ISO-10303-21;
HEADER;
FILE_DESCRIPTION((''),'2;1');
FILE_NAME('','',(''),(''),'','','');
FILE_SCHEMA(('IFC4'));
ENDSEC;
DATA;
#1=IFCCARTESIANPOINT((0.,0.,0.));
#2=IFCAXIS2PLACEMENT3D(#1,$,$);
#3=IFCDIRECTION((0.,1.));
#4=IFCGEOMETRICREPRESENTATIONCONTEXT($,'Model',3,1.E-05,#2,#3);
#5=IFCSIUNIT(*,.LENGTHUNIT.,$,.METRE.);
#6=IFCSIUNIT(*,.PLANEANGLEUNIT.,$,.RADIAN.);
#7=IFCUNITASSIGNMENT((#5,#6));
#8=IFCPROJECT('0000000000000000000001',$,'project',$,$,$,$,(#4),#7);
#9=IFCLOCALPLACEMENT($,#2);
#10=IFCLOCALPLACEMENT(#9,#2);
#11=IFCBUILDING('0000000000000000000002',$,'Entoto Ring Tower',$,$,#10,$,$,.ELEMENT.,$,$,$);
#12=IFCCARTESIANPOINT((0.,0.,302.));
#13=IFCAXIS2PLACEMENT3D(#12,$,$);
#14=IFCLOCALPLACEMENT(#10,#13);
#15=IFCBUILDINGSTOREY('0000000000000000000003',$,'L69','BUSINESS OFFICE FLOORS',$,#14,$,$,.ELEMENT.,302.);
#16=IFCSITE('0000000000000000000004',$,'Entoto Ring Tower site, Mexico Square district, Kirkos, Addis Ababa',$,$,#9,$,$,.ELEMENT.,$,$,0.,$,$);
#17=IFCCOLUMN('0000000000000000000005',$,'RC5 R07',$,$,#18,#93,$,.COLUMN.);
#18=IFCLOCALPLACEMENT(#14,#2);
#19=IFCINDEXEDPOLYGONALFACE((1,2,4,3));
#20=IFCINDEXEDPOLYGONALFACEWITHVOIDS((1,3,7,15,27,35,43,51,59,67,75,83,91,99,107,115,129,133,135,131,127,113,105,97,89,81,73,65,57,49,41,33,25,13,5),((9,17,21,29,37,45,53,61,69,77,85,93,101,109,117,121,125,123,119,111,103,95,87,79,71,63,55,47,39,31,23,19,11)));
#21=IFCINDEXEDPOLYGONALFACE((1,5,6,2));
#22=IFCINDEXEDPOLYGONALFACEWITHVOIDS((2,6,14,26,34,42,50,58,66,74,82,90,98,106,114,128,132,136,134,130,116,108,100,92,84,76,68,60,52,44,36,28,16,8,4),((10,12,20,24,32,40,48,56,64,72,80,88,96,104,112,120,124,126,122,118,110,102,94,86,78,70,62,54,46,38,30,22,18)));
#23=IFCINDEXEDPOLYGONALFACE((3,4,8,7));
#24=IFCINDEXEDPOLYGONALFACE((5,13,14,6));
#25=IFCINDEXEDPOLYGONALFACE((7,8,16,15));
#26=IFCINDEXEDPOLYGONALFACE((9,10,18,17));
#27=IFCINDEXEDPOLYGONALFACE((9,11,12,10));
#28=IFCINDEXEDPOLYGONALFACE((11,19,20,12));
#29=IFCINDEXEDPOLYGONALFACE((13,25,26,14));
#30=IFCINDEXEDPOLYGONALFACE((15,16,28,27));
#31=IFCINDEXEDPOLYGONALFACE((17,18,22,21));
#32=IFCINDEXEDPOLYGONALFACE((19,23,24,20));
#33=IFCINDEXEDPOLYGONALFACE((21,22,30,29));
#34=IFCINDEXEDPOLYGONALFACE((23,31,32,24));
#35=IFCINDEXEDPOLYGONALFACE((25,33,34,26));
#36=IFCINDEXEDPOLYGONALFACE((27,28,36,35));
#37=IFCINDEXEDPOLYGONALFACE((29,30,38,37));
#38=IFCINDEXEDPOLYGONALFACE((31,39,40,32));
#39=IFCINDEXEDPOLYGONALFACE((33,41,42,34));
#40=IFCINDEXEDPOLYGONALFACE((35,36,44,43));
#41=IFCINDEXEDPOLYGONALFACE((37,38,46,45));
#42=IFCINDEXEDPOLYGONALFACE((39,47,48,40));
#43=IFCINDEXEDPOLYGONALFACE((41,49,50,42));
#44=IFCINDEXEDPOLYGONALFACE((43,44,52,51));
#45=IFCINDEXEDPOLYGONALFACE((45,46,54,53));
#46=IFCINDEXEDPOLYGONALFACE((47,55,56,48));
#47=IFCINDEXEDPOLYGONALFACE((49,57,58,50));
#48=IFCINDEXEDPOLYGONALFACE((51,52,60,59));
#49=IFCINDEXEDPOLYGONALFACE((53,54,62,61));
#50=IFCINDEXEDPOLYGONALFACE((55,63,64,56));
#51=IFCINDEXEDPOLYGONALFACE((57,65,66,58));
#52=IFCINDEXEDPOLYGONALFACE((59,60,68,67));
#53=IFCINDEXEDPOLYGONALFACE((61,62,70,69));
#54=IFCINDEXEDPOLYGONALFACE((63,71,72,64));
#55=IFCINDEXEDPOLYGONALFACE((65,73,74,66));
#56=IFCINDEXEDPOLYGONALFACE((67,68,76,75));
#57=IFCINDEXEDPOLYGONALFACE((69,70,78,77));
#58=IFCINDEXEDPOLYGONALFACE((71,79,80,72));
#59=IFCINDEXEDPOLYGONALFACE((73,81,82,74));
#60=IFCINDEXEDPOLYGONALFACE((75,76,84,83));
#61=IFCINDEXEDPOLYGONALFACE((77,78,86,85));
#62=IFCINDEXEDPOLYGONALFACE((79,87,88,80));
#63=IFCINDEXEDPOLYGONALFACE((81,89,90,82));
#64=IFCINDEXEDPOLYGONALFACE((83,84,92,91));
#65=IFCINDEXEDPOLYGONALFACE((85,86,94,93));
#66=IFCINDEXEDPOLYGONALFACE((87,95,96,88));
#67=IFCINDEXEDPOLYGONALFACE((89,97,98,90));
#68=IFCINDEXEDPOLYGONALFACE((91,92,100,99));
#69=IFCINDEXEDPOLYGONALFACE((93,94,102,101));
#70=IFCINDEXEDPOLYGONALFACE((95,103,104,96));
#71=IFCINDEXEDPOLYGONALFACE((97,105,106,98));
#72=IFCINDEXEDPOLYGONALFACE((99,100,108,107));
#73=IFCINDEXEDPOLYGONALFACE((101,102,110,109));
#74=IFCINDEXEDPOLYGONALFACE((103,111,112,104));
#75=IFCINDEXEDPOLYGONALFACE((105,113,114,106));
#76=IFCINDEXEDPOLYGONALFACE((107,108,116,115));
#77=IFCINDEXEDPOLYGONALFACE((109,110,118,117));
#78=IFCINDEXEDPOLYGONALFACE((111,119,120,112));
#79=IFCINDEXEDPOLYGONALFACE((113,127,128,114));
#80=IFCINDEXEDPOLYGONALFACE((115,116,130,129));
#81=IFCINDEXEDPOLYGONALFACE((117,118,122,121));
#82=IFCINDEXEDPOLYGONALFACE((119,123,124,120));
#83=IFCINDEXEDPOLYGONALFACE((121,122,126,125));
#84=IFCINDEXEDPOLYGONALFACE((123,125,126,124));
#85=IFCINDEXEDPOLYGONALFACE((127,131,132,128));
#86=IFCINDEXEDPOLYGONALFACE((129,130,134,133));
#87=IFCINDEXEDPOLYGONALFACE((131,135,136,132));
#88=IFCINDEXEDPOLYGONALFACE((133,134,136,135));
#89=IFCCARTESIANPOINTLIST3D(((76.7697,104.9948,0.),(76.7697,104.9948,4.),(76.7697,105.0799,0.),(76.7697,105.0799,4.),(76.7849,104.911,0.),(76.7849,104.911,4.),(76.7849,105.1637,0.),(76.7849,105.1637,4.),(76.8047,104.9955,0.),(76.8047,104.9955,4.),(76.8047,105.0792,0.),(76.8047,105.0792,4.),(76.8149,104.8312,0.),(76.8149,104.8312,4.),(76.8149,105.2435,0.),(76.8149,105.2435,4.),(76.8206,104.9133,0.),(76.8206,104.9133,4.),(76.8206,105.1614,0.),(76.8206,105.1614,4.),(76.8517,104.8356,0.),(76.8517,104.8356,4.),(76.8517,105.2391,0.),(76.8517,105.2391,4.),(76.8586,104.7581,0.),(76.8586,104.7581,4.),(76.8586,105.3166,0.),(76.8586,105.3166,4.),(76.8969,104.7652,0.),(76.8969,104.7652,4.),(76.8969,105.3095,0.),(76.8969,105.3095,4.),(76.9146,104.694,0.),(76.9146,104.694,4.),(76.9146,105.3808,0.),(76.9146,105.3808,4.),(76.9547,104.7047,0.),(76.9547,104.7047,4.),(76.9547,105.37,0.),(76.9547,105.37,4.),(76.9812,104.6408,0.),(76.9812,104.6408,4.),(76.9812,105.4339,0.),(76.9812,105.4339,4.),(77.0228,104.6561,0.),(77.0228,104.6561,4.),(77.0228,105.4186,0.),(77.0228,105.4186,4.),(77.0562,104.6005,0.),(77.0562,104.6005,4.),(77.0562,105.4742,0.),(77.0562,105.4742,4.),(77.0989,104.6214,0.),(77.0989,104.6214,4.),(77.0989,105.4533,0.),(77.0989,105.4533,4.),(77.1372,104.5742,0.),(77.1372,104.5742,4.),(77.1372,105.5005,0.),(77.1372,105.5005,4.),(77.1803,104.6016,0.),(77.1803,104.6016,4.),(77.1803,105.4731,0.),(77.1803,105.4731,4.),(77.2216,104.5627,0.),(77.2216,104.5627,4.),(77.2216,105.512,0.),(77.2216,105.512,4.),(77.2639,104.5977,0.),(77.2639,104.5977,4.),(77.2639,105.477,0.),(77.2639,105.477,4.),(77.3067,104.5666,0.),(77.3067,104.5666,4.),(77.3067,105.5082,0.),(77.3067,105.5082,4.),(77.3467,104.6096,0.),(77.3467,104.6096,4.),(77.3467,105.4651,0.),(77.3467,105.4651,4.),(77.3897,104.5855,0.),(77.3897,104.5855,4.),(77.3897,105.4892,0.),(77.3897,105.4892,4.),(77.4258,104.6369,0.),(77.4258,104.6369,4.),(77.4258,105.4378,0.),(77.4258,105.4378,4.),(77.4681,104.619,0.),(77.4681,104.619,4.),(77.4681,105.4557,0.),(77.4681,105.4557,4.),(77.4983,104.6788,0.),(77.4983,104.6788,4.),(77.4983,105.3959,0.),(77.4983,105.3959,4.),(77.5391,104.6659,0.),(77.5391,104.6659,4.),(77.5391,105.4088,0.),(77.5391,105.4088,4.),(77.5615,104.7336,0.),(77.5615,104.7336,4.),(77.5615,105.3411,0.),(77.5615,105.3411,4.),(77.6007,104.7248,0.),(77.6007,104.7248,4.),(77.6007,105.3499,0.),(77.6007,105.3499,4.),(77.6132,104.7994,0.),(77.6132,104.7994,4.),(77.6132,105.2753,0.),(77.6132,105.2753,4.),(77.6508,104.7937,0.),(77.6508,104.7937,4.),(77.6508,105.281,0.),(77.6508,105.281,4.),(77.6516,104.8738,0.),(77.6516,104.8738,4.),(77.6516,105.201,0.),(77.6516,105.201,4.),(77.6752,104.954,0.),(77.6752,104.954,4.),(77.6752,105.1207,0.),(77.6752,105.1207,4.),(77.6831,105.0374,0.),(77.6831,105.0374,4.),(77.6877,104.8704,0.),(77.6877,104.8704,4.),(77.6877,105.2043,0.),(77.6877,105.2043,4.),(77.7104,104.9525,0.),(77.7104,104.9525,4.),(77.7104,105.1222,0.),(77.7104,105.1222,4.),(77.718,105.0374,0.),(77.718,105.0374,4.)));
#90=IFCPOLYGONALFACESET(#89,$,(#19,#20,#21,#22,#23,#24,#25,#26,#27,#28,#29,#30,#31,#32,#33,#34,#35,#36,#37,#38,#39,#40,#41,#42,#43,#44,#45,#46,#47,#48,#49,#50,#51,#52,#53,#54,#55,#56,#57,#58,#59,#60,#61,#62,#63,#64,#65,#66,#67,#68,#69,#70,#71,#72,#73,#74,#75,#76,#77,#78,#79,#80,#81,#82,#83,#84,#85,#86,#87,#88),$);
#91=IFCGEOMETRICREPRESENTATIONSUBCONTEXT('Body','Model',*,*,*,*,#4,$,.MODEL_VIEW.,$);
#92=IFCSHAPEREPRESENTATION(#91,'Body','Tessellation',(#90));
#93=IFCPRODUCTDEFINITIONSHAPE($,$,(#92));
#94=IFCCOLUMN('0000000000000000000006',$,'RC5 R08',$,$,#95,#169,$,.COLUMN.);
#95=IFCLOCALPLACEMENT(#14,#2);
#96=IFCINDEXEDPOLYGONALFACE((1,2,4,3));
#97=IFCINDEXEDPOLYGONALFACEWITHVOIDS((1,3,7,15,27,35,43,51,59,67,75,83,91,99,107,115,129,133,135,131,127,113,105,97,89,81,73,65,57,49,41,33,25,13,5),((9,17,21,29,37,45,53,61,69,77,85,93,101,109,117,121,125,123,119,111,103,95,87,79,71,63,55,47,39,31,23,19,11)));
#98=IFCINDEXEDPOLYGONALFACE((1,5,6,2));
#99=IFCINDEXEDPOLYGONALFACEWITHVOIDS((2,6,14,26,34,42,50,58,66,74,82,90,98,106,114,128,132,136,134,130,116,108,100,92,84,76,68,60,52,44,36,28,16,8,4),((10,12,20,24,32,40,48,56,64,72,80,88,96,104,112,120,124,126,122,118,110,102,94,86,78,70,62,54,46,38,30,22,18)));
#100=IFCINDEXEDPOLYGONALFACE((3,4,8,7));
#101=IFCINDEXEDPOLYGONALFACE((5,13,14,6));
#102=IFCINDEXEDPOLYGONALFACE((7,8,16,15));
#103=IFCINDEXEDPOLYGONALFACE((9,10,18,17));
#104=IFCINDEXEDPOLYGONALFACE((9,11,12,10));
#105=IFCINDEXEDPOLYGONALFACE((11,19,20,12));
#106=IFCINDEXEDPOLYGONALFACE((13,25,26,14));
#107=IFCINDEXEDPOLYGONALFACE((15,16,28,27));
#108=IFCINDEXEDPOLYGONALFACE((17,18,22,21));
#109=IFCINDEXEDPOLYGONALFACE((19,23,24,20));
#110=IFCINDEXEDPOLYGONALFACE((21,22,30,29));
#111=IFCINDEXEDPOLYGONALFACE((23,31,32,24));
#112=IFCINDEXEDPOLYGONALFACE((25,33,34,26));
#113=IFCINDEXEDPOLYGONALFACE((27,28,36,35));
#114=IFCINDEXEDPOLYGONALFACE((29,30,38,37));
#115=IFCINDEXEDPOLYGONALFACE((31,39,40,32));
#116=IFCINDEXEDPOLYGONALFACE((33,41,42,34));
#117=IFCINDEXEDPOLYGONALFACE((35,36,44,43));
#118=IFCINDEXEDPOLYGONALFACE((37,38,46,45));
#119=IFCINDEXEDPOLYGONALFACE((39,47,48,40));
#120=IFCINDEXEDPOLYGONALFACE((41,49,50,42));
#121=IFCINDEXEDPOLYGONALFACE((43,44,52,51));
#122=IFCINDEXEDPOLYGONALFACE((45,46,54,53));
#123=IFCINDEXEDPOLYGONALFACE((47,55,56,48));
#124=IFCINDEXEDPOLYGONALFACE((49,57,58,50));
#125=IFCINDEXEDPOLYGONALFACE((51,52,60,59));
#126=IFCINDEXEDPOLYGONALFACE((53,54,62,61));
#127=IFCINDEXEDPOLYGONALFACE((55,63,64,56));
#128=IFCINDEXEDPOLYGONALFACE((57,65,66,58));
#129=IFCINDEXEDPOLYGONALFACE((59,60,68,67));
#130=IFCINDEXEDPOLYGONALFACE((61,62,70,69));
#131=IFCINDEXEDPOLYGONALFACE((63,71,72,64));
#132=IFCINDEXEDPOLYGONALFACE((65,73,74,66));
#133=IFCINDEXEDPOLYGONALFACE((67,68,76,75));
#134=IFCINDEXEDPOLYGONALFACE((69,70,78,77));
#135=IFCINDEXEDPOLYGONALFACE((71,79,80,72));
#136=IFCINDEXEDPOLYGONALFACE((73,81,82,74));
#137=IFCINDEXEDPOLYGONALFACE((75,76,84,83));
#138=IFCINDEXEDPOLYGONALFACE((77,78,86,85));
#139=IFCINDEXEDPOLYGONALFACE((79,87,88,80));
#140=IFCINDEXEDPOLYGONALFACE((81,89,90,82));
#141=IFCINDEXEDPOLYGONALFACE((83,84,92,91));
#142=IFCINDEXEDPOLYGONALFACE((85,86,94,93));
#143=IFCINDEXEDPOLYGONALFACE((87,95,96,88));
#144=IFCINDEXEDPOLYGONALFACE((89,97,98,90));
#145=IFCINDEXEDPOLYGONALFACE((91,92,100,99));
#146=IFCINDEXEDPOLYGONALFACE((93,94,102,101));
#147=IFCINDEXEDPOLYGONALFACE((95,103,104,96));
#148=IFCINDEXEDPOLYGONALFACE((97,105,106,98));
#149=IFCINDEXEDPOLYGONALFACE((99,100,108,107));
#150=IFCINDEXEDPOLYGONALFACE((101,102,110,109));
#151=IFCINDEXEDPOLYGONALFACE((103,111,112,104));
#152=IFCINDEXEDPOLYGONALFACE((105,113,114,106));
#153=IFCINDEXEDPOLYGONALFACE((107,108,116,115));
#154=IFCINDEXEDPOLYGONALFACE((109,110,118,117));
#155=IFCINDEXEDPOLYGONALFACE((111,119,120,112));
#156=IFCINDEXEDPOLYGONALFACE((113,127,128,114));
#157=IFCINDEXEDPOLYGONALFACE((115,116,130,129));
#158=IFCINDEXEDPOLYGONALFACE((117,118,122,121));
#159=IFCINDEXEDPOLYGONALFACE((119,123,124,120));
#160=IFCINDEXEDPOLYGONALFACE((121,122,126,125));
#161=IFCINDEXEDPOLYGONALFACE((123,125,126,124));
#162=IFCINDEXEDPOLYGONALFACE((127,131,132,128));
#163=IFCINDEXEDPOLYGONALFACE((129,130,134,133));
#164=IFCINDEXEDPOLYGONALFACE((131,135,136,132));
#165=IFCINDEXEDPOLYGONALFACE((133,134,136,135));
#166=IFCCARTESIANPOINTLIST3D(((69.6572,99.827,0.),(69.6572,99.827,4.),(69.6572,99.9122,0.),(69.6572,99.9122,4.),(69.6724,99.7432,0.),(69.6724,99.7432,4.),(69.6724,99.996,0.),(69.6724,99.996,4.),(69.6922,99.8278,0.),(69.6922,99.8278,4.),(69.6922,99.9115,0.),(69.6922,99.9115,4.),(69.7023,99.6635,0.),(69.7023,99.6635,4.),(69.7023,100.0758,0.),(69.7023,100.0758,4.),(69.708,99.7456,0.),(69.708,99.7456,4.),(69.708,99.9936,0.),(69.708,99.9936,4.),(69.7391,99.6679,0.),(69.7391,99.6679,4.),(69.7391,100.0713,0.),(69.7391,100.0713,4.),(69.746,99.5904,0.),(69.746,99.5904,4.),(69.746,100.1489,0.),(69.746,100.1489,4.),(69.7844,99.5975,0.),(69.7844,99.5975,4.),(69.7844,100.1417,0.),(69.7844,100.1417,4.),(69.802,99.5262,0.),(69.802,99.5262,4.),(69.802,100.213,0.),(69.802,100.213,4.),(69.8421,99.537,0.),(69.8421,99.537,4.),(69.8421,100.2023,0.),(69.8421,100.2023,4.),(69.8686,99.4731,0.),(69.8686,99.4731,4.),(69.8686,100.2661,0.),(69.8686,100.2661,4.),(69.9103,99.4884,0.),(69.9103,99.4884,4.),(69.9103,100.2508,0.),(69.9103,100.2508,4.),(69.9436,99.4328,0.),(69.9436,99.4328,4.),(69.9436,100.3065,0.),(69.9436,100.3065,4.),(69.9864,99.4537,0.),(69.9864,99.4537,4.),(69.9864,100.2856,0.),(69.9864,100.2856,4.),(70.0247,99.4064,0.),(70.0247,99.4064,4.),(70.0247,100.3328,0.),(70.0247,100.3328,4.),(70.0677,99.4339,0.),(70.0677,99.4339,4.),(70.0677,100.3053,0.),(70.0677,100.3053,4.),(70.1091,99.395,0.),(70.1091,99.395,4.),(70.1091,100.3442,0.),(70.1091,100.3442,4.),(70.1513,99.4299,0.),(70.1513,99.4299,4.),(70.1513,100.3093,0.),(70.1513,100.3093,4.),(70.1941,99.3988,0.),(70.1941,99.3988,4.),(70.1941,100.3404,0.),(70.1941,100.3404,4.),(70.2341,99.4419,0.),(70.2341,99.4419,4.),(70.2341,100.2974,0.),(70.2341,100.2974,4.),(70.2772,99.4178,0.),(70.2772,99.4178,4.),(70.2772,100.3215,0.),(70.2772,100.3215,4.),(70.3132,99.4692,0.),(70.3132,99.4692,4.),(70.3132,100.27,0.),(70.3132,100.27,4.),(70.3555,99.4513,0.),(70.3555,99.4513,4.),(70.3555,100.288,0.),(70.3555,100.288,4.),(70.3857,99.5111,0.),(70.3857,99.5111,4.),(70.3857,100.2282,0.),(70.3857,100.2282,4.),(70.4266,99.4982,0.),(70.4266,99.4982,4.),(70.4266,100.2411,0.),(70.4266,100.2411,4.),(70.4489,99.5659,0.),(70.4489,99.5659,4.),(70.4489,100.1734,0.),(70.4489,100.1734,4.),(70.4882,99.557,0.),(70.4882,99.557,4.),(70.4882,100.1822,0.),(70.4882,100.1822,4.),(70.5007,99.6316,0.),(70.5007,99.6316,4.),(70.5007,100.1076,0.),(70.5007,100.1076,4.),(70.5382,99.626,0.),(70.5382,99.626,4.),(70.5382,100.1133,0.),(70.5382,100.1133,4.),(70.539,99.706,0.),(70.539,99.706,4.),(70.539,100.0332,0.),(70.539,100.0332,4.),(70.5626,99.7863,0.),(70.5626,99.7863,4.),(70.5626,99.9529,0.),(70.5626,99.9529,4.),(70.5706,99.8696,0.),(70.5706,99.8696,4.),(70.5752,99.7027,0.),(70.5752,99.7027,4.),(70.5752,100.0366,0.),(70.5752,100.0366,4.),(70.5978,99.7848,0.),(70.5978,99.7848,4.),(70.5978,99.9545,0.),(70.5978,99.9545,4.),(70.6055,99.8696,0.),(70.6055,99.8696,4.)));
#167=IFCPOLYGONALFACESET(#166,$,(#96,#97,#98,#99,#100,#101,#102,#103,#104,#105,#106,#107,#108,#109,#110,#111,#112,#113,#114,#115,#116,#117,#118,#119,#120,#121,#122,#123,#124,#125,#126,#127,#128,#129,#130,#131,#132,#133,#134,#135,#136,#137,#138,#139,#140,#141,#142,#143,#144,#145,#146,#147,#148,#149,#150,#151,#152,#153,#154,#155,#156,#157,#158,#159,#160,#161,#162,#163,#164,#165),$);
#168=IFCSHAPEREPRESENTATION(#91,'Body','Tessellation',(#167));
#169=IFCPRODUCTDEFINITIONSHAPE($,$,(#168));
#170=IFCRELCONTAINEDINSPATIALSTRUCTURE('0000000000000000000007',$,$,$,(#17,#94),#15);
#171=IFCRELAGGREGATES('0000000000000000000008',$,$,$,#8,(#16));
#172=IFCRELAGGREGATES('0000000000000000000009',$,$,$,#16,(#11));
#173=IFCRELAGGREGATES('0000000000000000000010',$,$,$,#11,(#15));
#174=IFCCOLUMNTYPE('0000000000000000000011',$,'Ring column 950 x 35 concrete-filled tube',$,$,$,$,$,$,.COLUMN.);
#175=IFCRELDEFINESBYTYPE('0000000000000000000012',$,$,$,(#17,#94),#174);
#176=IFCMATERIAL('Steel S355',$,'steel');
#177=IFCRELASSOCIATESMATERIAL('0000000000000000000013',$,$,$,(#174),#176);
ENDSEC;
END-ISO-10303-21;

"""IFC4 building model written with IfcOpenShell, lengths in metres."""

from ifc_helpers import new_model, si_unit, direction, frame, origin, origin_2d, place, context, subcontext, project, spatial, circle, hollow_circle, extrude, material, material_profile, profile_set, type_object, element, save


model = new_model("IFC4")

# Units and contexts
model_context = context("Model", 3, precision=1e-05, world=origin(), true_north=direction((0.0, 1.0)))
body_context = subcontext(model_context, "Body", "Model", "MODEL_VIEW")
ifc_project = project(units=[si_unit("LENGTHUNIT", "METRE"), si_unit("PLANEANGLEUNIT", "RADIAN")], contexts=[model_context])

# Site, building, storey
site_placement = place(None, origin())
site = spatial("IfcSite", under=ifc_project, at=site_placement, Name="Entoto Ring Tower site, Mexico Square district, Kirkos, Addis Ababa", CompositionType="ELEMENT", RefElevation=0.0)
building_placement = place(site_placement, origin())
building = spatial("IfcBuilding", under=site, at=building_placement, Name="Entoto Ring Tower", CompositionType="ELEMENT")
storey_placement = place(building_placement, frame((0.0, 0.0, 302.0)))
storey = spatial("IfcBuildingStorey", under=building, at=storey_placement, Name="L69", Description="BUSINESS OFFICE FLOORS", CompositionType="ELEMENT", Elevation=302.0)

# Columns
ifc_material_1 = material(Name="Steel S355", Category="steel")
ifc_material_profile_1 = material_profile(ifc_material_1, hollow_circle(Radius=0.4751, WallThickness=0.0349, at=origin_2d()), Name="CHS 950 x 35")
ifc_material_2 = material(Name="Concrete C60/75", Category="concrete")
ifc_material_profile_2 = material_profile(ifc_material_2, circle(Radius=0.4399, at=origin_2d()), Name="Concrete C60/75 infill")
ifc_profile_set_1 = profile_set([ifc_material_profile_1, ifc_material_profile_2], Name="Steel S355")
column_type = type_object("IfcColumnType", Name="Ring column 950 x 35 concrete-filled tube", PredefinedType="COLUMN", material=ifc_profile_set_1)
for number, where, z_axis, x_axis, name in (
    (1, (77.2429, 105.0374, 0.0), (0.0, 0.0, 1.0), (1.0, 0.0, 0.0), "RC5 R07"),
    (2, (70.1304, 99.8696, 0.0), (0.0, 0.0, 1.0), (1.0, 0.0, 0.0), "RC5 R08"),
):
    element("IfcColumn", number, at=place(storey_placement, frame(where, z_axis=z_axis, x_axis=x_axis)), inside=storey, type_object=column_type, Name=name, PredefinedType="COLUMN", context=body_context, shape_type="SweptSolid", body=[
        extrude(hollow_circle(Radius=0.4751, WallThickness=0.0349, at=origin_2d()), origin(), (0.0, 0.0, 1.0), 4.0),
    ])

save(model, "model.ifc")
